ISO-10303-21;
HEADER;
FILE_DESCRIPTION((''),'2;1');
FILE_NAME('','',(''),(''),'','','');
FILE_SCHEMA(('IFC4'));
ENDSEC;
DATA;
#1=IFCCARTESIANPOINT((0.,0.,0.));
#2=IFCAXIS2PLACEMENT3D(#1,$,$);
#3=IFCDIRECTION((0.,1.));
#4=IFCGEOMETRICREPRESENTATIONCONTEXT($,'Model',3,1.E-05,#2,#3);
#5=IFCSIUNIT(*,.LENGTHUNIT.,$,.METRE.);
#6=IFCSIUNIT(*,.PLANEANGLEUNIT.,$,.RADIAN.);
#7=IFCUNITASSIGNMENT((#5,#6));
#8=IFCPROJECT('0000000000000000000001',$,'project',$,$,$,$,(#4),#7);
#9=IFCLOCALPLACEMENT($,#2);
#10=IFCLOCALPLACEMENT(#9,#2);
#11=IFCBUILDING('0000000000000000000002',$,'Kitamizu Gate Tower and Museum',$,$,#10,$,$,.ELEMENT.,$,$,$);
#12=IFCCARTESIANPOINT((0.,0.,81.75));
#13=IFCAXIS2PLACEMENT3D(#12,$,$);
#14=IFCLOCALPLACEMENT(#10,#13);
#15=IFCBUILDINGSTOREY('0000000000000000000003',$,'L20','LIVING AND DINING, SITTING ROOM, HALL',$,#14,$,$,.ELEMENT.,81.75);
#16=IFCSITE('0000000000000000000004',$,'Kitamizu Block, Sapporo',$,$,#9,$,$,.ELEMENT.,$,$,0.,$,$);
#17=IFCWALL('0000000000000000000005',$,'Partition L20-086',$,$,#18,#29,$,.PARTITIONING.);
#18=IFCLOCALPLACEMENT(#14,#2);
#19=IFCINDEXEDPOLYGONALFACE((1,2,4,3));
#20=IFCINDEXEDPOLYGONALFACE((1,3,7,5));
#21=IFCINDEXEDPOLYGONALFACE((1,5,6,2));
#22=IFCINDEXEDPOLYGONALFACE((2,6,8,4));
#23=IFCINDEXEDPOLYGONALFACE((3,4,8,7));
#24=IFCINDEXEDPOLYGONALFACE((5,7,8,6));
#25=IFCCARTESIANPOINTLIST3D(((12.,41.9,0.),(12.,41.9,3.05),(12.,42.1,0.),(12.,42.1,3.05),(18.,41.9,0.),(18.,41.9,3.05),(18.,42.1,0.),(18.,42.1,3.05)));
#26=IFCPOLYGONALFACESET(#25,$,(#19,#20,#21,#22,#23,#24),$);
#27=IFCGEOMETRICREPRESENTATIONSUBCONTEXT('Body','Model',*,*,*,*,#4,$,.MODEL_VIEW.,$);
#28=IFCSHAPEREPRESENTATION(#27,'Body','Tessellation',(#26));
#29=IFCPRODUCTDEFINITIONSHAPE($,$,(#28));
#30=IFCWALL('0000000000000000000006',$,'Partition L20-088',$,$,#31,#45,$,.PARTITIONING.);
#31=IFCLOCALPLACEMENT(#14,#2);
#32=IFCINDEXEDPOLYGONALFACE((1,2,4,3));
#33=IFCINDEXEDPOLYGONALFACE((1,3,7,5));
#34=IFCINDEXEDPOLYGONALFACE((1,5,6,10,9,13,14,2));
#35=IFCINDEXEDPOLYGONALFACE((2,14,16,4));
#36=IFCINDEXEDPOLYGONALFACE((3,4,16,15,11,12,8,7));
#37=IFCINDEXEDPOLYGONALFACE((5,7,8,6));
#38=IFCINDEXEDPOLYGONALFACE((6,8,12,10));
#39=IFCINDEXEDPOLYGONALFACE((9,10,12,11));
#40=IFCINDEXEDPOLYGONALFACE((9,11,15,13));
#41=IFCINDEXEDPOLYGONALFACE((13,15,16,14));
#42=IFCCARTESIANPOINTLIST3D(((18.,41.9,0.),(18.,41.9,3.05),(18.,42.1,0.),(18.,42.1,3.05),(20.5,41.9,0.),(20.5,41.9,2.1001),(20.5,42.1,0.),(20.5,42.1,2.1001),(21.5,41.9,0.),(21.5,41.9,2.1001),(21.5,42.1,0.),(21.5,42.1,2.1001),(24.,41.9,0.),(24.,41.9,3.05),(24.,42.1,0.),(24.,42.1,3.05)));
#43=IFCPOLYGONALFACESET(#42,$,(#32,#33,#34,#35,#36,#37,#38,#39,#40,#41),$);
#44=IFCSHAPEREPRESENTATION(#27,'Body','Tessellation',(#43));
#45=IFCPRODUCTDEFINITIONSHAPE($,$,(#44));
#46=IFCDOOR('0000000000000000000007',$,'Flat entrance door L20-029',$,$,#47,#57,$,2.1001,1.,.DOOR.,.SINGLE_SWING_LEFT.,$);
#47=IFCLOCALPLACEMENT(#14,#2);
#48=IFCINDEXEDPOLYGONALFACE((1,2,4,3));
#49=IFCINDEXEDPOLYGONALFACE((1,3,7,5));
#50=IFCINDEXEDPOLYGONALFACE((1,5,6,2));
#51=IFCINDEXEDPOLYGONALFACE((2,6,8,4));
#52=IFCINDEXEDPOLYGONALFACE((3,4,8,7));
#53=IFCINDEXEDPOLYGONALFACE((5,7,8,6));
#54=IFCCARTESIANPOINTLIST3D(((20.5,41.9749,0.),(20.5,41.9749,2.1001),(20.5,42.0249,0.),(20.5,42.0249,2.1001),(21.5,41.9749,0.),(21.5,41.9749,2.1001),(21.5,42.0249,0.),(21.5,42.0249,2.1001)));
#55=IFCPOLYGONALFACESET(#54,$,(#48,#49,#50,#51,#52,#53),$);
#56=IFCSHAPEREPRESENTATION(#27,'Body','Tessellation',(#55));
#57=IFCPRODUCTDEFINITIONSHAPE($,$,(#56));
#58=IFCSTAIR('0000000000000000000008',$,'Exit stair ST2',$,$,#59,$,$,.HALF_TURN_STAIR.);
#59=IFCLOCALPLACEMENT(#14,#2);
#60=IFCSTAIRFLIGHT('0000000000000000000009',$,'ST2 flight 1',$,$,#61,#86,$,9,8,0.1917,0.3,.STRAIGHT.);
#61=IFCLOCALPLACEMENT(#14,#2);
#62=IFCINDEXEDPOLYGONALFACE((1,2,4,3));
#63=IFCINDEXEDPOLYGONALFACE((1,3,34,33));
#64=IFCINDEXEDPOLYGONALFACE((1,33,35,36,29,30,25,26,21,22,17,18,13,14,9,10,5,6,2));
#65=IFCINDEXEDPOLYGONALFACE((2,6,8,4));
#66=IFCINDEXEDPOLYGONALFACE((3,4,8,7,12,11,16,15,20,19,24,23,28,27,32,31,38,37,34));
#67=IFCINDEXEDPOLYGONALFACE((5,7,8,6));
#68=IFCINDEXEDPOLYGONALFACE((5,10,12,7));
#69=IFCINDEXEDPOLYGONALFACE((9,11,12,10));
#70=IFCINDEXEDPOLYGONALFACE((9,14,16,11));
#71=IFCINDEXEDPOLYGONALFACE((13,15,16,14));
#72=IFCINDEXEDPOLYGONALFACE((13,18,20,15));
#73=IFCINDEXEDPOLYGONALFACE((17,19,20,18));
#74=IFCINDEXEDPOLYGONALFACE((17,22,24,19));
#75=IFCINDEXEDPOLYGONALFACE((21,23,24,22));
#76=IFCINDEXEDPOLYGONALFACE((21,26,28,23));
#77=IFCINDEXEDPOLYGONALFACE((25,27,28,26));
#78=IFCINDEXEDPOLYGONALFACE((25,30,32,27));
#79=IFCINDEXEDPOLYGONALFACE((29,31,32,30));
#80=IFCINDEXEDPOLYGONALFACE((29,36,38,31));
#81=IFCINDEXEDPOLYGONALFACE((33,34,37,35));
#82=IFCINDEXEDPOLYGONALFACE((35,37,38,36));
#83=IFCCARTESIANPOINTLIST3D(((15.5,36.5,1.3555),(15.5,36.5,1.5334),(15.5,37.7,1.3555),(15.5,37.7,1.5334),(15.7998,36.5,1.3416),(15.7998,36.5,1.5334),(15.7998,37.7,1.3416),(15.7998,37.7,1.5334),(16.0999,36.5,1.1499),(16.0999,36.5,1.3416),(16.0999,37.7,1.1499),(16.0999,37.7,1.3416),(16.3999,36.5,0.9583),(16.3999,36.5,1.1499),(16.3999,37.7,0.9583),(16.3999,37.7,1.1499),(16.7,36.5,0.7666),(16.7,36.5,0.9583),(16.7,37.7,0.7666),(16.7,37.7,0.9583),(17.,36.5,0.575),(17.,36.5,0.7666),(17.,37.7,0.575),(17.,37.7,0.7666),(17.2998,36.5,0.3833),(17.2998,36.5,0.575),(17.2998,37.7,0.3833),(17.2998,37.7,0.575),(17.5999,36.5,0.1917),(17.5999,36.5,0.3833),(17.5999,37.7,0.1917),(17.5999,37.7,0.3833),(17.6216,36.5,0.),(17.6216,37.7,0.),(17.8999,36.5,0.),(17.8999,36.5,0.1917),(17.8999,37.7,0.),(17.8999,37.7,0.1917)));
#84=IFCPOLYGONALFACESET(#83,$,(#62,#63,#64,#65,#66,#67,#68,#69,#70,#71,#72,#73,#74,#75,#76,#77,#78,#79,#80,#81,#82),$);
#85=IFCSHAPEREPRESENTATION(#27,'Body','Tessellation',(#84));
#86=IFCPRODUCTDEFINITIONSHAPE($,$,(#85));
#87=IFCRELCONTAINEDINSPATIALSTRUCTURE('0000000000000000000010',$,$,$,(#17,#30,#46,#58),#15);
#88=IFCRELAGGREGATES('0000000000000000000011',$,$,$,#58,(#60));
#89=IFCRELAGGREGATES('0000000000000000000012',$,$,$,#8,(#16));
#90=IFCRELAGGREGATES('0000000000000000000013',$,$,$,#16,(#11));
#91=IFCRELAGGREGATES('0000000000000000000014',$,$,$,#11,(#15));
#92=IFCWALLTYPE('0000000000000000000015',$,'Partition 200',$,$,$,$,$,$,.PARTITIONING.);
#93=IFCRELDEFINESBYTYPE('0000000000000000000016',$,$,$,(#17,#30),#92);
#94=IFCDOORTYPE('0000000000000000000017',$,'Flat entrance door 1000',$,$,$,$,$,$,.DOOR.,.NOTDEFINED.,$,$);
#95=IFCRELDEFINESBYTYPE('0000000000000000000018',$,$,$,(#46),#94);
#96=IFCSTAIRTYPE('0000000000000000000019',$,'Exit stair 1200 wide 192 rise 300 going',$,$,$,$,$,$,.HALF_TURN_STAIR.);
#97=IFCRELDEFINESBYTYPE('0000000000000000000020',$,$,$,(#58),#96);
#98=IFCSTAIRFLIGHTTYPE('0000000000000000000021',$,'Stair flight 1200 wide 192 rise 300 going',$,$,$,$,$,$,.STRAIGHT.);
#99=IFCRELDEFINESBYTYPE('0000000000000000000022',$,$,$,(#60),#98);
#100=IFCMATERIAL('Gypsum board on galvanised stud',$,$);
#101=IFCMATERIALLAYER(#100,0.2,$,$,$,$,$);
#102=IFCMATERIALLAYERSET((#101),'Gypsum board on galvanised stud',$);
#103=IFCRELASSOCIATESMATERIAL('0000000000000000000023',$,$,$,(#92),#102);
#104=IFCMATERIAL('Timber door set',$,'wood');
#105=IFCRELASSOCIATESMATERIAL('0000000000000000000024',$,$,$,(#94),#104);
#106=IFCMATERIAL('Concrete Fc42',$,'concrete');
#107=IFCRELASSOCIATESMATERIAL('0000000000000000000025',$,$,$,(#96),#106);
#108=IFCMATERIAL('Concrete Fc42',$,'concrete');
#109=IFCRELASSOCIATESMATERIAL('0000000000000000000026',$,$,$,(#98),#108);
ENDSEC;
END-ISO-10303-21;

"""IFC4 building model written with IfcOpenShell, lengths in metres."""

from ifc_helpers import new_model, si_unit, direction, frame, frame_2d, origin, place, context, subcontext, project, spatial, polyline, rectangle, outline, extrude, material, layer, layer_set, type_object, element, fill, aggregate, save


model = new_model("IFC4")

# Units and contexts
model_context = context("Model", 3, precision=1e-05, world=origin(), true_north=direction((0.0, 1.0)))
body_context = subcontext(model_context, "Body", "Model", "MODEL_VIEW")
ifc_project = project(units=[si_unit("LENGTHUNIT", "METRE"), si_unit("PLANEANGLEUNIT", "RADIAN")], contexts=[model_context])

# Site, building, storey
site_placement = place(None, origin())
site = spatial("IfcSite", under=ifc_project, at=site_placement, Name="Kitamizu Block, Sapporo", CompositionType="ELEMENT", RefElevation=0.0)
building_placement = place(site_placement, origin())
building = spatial("IfcBuilding", under=site, at=building_placement, Name="Kitamizu Gate Tower and Museum", CompositionType="ELEMENT")
storey_placement = place(building_placement, frame((0.0, 0.0, 81.75)))
storey = spatial("IfcBuildingStorey", under=building, at=storey_placement, Name="L20", Description="LIVING AND DINING, SITTING ROOM, HALL", CompositionType="ELEMENT", Elevation=81.75)

# Wall
ifc_material_1 = material(Name="Gypsum board on galvanised stud")
ifc_layer_1 = layer(ifc_material_1, 0.2)
ifc_layer_set_1 = layer_set([ifc_layer_1], Name="Gypsum board on galvanised stud")
wall_type_1 = type_object("IfcWallType", Name="Partition 200", PredefinedType="PARTITIONING", material=ifc_layer_set_1)
wall_1_placement = place(storey_placement, frame((12.0, 42.0, 0.0), z_axis=(0.0, 0.0, 1.0), x_axis=(1.0, 0.0, 0.0)))
element("IfcWall", 1, at=wall_1_placement, inside=storey, type_object=wall_type_1, Name="Partition L20-086", PredefinedType="PARTITIONING", context=body_context, shape_type="SweptSolid", body=[
    extrude(rectangle(XDim=6.0, YDim=0.2, at=frame_2d((3.0, 0.0))), origin(), (0.0, 0.0, 1.0), 3.05),
])

# Wall, opening, door
wall_2_placement = place(storey_placement, frame((18.0, 42.0, 0.0), z_axis=(0.0, 0.0, 1.0), x_axis=(1.0, 0.0, 0.0)))
wall_2 = element("IfcWall", 2, at=wall_2_placement, inside=storey, type_object=wall_type_1, Name="Partition L20-088", PredefinedType="PARTITIONING", context=body_context, shape_type="SweptSolid", body=[
    extrude(rectangle(XDim=6.0, YDim=0.2, at=frame_2d((3.0, 0.0))), origin(), (0.0, 0.0, 1.0), 3.05),
])
opening_1_placement = place(wall_2_placement, frame((2.5, 0.0, 0.0)))
opening_1 = element("IfcOpeningElement", 3, at=opening_1_placement, cuts=wall_2, PredefinedType="OPENING", context=body_context, shape_type="SweptSolid", body=[
    extrude(rectangle(XDim=1.0, YDim=2.1001, at=frame_2d((0.5, 1.05))), frame((0.0, 0.1099, 0.0), z_axis=(0.0, -1.0, 0.0), x_axis=(1.0, 0.0, 0.0)), (0.0, 0.0, 1.0), 0.22),
])
ifc_material_2 = material(Name="Timber door set", Category="wood")
door_type_1 = type_object("IfcDoorType", Name="Flat entrance door 1000", OperationType="NOTDEFINED", PredefinedType="DOOR", material=ifc_material_2)
door_1_placement = place(opening_1_placement, origin())
door_1 = element("IfcDoor", 4, at=door_1_placement, inside=storey, type_object=door_type_1, Name="Flat entrance door L20-029", OperationType="SINGLE_SWING_LEFT", OverallHeight=2.1001, OverallWidth=1.0, PredefinedType="DOOR", context=body_context, shape_type="SweptSolid", body=[
    extrude(rectangle(XDim=1.0, YDim=2.1001, at=frame_2d((0.5, 1.05))), frame((0.0, 0.0249, 0.0), z_axis=(0.0, -1.0, 0.0), x_axis=(1.0, 0.0, 0.0)), (0.0, 0.0, 1.0), 0.05),
])
fill(opening_1, door_1)

# Stair, stair flight
ifc_material_3 = material(Name="Concrete Fc42", Category="concrete")
stair_type = type_object("IfcStairType", Name="Exit stair 1200 wide 192 rise 300 going", PredefinedType="HALF_TURN_STAIR", material=ifc_material_3)
stair_placement = place(storey_placement, origin())
stair = element("IfcStair", 5, at=stair_placement, inside=storey, type_object=stair_type, Name="Exit stair ST2", PredefinedType="HALF_TURN_STAIR")
ifc_material_4 = material(Name="Concrete Fc42", Category="concrete")
stair_flight_type = type_object("IfcStairFlightType", Name="Stair flight 1200 wide 192 rise 300 going", PredefinedType="STRAIGHT", material=ifc_material_4)
stair_flight_placement = place(storey_placement, frame((17.8999, 37.1001, 0.0), z_axis=(0.0, 0.0, 1.0), x_axis=(-1.0, 0.0, 0.0)))
stair_flight = element("IfcStairFlight", 6, at=stair_flight_placement, type_object=stair_flight_type, Name="ST2 flight 1", NumberOfRisers=9, NumberOfTreads=8, PredefinedType="STRAIGHT", RiserHeight=0.1917, TreadLength=0.3, context=body_context, shape_type="SweptSolid", body=[
    extrude(outline(polyline([(0.0, 0.0), (0.0, 0.1917), (0.3, 0.1917), (0.3, 0.3833), (0.6001, 0.3833), (0.6001, 0.575), (0.8999, 0.575), (0.8999, 0.7666), (1.2, 0.7666), (1.2, 0.9583), (1.5, 0.9583), (1.5, 1.1499), (1.8, 1.1499), (1.8, 1.3416), (2.1001, 1.3416), (2.1001, 1.5334), (2.3999, 1.5334), (2.3999, 1.7251), (2.3999, 1.3555), (0.2783, 0.0), (0.0, 0.0)])), frame((0.0, 0.6001, 0.0), z_axis=(0.0, -1.0, 0.0), x_axis=(1.0, 0.0, 0.0)), (0.0, 0.0, 1.0), 1.2),
])
aggregate(stair, [stair_flight])

save(model, "model.ifc")
